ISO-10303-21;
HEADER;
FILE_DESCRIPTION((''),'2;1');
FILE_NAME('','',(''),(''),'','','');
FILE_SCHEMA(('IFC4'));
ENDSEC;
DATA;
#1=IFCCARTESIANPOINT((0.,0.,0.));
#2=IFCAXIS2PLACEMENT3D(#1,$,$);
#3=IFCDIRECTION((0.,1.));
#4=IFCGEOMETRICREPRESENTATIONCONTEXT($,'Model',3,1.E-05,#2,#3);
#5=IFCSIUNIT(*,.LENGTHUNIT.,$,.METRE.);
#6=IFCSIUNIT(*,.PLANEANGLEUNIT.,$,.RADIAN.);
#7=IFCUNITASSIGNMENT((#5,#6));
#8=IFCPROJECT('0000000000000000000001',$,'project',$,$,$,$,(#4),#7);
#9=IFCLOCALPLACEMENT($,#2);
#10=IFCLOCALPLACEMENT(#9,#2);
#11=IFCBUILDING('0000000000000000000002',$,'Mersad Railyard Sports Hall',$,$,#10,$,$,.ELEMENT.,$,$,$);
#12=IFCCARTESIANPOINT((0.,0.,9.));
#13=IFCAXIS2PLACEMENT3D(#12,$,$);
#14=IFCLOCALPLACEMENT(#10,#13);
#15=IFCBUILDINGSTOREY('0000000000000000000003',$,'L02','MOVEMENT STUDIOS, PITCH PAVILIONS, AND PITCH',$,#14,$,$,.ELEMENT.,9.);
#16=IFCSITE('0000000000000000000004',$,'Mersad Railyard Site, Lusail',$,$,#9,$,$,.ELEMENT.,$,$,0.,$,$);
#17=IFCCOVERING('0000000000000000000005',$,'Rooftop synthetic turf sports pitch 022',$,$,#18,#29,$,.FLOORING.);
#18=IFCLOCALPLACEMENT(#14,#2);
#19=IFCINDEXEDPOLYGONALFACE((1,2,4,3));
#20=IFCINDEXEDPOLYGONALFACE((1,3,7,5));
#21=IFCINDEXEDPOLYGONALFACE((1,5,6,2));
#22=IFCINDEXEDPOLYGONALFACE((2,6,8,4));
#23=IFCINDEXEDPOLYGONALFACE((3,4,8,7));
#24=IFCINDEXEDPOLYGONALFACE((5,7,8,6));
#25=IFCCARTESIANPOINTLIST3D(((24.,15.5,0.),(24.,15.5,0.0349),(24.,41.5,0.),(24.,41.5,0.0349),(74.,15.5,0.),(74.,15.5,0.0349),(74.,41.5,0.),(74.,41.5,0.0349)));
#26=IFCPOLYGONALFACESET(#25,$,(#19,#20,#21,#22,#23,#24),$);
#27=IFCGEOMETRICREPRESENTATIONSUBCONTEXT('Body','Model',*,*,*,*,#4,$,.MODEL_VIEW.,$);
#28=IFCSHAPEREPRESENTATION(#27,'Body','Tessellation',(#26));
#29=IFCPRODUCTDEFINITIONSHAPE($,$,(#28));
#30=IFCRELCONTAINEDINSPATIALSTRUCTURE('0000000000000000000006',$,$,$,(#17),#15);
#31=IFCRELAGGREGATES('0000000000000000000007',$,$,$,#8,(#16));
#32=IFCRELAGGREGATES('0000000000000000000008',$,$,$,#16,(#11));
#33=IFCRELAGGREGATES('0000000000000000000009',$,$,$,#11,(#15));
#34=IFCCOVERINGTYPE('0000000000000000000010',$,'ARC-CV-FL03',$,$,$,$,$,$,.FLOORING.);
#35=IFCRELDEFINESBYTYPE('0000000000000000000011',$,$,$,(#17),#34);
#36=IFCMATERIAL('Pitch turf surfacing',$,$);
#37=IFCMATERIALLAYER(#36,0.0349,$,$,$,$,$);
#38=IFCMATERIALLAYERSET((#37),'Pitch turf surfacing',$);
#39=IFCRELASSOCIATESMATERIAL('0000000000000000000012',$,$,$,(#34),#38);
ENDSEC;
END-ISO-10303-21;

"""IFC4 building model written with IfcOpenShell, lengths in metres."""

from ifc_helpers import new_model, si_unit, direction, frame, origin, place, context, subcontext, project, spatial, polyline, outline, extrude, material, layer, layer_set, type_object, element, save


model = new_model("IFC4")

# Units and contexts
model_context = context("Model", 3, precision=1e-05, world=origin(), true_north=direction((0.0, 1.0)))
body_context = subcontext(model_context, "Body", "Model", "MODEL_VIEW")
ifc_project = project(units=[si_unit("LENGTHUNIT", "METRE"), si_unit("PLANEANGLEUNIT", "RADIAN")], contexts=[model_context])

# Site, building, storey
site_placement = place(None, origin())
site = spatial("IfcSite", under=ifc_project, at=site_placement, Name="Mersad Railyard Site, Lusail", CompositionType="ELEMENT", RefElevation=0.0)
building_placement = place(site_placement, origin())
building = spatial("IfcBuilding", under=site, at=building_placement, Name="Mersad Railyard Sports Hall", CompositionType="ELEMENT")
storey_placement = place(building_placement, frame((0.0, 0.0, 9.0)))
storey = spatial("IfcBuildingStorey", under=building, at=storey_placement, Name="L02", Description="MOVEMENT STUDIOS, PITCH PAVILIONS, AND PITCH", CompositionType="ELEMENT", Elevation=9.0)

# Covering
ifc_material_1 = material(Name="Pitch turf surfacing")
ifc_layer_1 = layer(ifc_material_1, 0.0349)
ifc_layer_set_1 = layer_set([ifc_layer_1], Name="Pitch turf surfacing")
covering_type_1 = type_object("IfcCoveringType", Name="ARC-CV-FL03", PredefinedType="FLOORING", material=ifc_layer_set_1)
covering_1_placement = place(storey_placement, origin())
element("IfcCovering", 1, at=covering_1_placement, inside=storey, type_object=covering_type_1, Name="Rooftop synthetic turf sports pitch 022", PredefinedType="FLOORING", context=body_context, shape_type="SweptSolid", body=[
    extrude(outline(polyline([(24.0, 15.5), (74.0, 15.5), (74.0, 41.5), (24.0, 41.5), (24.0, 15.5)])), origin(), (0.0, 0.0, 1.0), 0.0349),
])

save(model, "model.ifc")
